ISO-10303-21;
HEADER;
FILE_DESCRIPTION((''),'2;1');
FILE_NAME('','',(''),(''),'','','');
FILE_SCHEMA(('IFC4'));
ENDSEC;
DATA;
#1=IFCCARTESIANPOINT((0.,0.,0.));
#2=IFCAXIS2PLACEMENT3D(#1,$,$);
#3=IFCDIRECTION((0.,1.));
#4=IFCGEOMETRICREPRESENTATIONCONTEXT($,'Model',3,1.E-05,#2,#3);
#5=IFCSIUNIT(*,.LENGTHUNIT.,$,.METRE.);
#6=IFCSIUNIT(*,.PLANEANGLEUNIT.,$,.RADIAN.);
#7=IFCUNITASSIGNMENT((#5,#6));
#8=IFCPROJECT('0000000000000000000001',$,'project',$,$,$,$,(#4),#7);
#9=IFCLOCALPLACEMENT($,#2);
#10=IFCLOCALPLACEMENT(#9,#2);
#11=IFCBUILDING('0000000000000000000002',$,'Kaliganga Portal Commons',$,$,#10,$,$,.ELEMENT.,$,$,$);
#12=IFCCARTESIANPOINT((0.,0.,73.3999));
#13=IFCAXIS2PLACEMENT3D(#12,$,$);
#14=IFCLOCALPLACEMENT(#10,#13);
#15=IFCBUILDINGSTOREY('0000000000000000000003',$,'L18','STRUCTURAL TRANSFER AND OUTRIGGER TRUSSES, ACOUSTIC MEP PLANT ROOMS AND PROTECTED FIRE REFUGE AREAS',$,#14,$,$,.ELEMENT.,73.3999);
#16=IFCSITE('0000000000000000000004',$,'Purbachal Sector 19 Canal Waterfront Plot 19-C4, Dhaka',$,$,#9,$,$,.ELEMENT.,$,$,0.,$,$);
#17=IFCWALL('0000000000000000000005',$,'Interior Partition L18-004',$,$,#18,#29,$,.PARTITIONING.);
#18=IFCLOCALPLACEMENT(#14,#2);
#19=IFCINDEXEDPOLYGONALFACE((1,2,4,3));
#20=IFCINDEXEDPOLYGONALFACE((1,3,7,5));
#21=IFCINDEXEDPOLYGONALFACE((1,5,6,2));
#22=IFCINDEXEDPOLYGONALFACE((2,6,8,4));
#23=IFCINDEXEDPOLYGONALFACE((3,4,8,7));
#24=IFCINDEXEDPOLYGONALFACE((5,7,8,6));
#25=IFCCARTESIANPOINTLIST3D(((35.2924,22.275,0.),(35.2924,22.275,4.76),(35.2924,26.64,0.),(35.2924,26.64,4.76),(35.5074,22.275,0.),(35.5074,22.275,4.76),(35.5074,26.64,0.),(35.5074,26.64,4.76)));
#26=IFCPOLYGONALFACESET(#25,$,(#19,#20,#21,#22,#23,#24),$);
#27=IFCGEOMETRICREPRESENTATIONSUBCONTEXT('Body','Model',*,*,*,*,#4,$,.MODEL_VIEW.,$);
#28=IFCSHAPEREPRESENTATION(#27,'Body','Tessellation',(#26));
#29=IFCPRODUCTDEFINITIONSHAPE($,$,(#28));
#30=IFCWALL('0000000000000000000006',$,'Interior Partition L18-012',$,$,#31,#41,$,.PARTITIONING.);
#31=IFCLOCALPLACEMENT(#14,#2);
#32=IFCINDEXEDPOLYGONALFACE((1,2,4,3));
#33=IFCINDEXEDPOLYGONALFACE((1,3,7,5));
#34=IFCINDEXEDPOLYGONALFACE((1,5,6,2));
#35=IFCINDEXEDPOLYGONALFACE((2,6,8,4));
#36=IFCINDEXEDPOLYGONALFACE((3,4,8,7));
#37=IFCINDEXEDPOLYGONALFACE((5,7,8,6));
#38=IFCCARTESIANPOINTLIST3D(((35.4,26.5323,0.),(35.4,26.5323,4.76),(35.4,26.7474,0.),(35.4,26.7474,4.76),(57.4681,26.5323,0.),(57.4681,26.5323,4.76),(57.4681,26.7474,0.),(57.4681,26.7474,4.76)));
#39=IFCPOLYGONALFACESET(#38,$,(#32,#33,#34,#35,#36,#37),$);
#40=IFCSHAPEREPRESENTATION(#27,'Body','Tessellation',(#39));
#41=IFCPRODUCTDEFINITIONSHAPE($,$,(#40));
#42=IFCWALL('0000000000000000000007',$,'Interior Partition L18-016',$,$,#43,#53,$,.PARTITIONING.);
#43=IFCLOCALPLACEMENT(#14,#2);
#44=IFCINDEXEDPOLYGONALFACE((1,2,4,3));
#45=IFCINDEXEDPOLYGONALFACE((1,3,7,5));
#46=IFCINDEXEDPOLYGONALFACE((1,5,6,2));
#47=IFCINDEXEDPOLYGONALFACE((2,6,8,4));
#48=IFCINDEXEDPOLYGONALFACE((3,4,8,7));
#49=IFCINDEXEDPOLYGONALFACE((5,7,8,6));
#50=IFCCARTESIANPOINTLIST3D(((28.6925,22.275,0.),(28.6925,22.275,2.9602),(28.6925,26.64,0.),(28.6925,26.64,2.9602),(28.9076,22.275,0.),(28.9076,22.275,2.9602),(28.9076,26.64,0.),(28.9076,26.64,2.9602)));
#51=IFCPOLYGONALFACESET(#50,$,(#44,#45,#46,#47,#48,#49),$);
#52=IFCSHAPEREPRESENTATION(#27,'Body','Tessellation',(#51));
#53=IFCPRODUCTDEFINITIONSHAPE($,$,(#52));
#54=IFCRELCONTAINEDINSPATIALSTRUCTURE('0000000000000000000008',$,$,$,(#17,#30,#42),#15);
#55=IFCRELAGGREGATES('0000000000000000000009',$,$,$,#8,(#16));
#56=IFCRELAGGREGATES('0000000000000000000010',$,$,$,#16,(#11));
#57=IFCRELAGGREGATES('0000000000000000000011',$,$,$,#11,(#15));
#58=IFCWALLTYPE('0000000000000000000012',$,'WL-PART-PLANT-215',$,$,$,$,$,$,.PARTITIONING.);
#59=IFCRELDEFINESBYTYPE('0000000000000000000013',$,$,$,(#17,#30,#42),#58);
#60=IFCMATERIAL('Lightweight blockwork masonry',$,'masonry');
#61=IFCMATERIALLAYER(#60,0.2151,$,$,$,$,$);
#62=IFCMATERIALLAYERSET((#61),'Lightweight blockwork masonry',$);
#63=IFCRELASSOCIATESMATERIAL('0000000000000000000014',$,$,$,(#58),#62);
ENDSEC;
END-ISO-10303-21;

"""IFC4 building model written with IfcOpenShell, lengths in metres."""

from ifc_helpers import new_model, si_unit, direction, frame, frame_2d, origin, place, context, subcontext, project, spatial, rectangle, extrude, material, layer, layer_set, type_object, element, save


model = new_model("IFC4")

# Units and contexts
model_context = context("Model", 3, precision=1e-05, world=origin(), true_north=direction((0.0, 1.0)))
body_context = subcontext(model_context, "Body", "Model", "MODEL_VIEW")
ifc_project = project(units=[si_unit("LENGTHUNIT", "METRE"), si_unit("PLANEANGLEUNIT", "RADIAN")], contexts=[model_context])

# Site, building, storey
site_placement = place(None, origin())
site = spatial("IfcSite", under=ifc_project, at=site_placement, Name="Purbachal Sector 19 Canal Waterfront Plot 19-C4, Dhaka", CompositionType="ELEMENT", RefElevation=0.0)
building_placement = place(site_placement, origin())
building = spatial("IfcBuilding", under=site, at=building_placement, Name="Kaliganga Portal Commons", CompositionType="ELEMENT")
storey_placement = place(building_placement, frame((0.0, 0.0, 73.3999)))
storey = spatial("IfcBuildingStorey", under=building, at=storey_placement, Name="L18", Description="STRUCTURAL TRANSFER AND OUTRIGGER TRUSSES, ACOUSTIC MEP PLANT ROOMS AND PROTECTED FIRE REFUGE AREAS", CompositionType="ELEMENT", Elevation=73.3999)

# Walls
ifc_material_1 = material(Name="Lightweight blockwork masonry", Category="masonry")
ifc_layer_1 = layer(ifc_material_1, 0.2151)
ifc_layer_set_1 = layer_set([ifc_layer_1], Name="Lightweight blockwork masonry")
wall_type = type_object("IfcWallType", Name="WL-PART-PLANT-215", PredefinedType="PARTITIONING", material=ifc_layer_set_1)
wall_1_placement = place(storey_placement, frame((35.3999, 22.2749, 0.0), z_axis=(0.0, 0.0, 1.0), x_axis=(0.0, 1.0, 0.0)))
element("IfcWall", 1, at=wall_1_placement, inside=storey, type_object=wall_type, Name="Interior Partition L18-004", PredefinedType="PARTITIONING", context=body_context, shape_type="SweptSolid", body=[
    extrude(rectangle(XDim=4.365, YDim=0.2151, at=frame_2d((2.1826, 0.0))), origin(), (0.0, 0.0, 1.0), 4.76),
])
wall_2_placement = place(storey_placement, frame((35.3999, 26.6399, 0.0), z_axis=(0.0, 0.0, 1.0), x_axis=(1.0, 0.0, 0.0)))
element("IfcWall", 2, at=wall_2_placement, inside=storey, type_object=wall_type, Name="Interior Partition L18-012", PredefinedType="PARTITIONING", context=body_context, shape_type="SweptSolid", body=[
    extrude(rectangle(XDim=22.0681, YDim=0.2151, at=frame_2d((11.0342, 0.0))), origin(), (0.0, 0.0, 1.0), 4.76),
])
wall_3_placement = place(storey_placement, frame((28.8, 22.2749, 0.0), z_axis=(0.0, 0.0, 1.0), x_axis=(0.0, 1.0, 0.0)))
element("IfcWall", 3, at=wall_3_placement, inside=storey, type_object=wall_type, Name="Interior Partition L18-016", PredefinedType="PARTITIONING", context=body_context, shape_type="SweptSolid", body=[
    extrude(rectangle(XDim=4.365, YDim=0.2151, at=frame_2d((2.1826, 0.0))), origin(), (0.0, 0.0, 1.0), 2.9602),
])

save(model, "model.ifc")
